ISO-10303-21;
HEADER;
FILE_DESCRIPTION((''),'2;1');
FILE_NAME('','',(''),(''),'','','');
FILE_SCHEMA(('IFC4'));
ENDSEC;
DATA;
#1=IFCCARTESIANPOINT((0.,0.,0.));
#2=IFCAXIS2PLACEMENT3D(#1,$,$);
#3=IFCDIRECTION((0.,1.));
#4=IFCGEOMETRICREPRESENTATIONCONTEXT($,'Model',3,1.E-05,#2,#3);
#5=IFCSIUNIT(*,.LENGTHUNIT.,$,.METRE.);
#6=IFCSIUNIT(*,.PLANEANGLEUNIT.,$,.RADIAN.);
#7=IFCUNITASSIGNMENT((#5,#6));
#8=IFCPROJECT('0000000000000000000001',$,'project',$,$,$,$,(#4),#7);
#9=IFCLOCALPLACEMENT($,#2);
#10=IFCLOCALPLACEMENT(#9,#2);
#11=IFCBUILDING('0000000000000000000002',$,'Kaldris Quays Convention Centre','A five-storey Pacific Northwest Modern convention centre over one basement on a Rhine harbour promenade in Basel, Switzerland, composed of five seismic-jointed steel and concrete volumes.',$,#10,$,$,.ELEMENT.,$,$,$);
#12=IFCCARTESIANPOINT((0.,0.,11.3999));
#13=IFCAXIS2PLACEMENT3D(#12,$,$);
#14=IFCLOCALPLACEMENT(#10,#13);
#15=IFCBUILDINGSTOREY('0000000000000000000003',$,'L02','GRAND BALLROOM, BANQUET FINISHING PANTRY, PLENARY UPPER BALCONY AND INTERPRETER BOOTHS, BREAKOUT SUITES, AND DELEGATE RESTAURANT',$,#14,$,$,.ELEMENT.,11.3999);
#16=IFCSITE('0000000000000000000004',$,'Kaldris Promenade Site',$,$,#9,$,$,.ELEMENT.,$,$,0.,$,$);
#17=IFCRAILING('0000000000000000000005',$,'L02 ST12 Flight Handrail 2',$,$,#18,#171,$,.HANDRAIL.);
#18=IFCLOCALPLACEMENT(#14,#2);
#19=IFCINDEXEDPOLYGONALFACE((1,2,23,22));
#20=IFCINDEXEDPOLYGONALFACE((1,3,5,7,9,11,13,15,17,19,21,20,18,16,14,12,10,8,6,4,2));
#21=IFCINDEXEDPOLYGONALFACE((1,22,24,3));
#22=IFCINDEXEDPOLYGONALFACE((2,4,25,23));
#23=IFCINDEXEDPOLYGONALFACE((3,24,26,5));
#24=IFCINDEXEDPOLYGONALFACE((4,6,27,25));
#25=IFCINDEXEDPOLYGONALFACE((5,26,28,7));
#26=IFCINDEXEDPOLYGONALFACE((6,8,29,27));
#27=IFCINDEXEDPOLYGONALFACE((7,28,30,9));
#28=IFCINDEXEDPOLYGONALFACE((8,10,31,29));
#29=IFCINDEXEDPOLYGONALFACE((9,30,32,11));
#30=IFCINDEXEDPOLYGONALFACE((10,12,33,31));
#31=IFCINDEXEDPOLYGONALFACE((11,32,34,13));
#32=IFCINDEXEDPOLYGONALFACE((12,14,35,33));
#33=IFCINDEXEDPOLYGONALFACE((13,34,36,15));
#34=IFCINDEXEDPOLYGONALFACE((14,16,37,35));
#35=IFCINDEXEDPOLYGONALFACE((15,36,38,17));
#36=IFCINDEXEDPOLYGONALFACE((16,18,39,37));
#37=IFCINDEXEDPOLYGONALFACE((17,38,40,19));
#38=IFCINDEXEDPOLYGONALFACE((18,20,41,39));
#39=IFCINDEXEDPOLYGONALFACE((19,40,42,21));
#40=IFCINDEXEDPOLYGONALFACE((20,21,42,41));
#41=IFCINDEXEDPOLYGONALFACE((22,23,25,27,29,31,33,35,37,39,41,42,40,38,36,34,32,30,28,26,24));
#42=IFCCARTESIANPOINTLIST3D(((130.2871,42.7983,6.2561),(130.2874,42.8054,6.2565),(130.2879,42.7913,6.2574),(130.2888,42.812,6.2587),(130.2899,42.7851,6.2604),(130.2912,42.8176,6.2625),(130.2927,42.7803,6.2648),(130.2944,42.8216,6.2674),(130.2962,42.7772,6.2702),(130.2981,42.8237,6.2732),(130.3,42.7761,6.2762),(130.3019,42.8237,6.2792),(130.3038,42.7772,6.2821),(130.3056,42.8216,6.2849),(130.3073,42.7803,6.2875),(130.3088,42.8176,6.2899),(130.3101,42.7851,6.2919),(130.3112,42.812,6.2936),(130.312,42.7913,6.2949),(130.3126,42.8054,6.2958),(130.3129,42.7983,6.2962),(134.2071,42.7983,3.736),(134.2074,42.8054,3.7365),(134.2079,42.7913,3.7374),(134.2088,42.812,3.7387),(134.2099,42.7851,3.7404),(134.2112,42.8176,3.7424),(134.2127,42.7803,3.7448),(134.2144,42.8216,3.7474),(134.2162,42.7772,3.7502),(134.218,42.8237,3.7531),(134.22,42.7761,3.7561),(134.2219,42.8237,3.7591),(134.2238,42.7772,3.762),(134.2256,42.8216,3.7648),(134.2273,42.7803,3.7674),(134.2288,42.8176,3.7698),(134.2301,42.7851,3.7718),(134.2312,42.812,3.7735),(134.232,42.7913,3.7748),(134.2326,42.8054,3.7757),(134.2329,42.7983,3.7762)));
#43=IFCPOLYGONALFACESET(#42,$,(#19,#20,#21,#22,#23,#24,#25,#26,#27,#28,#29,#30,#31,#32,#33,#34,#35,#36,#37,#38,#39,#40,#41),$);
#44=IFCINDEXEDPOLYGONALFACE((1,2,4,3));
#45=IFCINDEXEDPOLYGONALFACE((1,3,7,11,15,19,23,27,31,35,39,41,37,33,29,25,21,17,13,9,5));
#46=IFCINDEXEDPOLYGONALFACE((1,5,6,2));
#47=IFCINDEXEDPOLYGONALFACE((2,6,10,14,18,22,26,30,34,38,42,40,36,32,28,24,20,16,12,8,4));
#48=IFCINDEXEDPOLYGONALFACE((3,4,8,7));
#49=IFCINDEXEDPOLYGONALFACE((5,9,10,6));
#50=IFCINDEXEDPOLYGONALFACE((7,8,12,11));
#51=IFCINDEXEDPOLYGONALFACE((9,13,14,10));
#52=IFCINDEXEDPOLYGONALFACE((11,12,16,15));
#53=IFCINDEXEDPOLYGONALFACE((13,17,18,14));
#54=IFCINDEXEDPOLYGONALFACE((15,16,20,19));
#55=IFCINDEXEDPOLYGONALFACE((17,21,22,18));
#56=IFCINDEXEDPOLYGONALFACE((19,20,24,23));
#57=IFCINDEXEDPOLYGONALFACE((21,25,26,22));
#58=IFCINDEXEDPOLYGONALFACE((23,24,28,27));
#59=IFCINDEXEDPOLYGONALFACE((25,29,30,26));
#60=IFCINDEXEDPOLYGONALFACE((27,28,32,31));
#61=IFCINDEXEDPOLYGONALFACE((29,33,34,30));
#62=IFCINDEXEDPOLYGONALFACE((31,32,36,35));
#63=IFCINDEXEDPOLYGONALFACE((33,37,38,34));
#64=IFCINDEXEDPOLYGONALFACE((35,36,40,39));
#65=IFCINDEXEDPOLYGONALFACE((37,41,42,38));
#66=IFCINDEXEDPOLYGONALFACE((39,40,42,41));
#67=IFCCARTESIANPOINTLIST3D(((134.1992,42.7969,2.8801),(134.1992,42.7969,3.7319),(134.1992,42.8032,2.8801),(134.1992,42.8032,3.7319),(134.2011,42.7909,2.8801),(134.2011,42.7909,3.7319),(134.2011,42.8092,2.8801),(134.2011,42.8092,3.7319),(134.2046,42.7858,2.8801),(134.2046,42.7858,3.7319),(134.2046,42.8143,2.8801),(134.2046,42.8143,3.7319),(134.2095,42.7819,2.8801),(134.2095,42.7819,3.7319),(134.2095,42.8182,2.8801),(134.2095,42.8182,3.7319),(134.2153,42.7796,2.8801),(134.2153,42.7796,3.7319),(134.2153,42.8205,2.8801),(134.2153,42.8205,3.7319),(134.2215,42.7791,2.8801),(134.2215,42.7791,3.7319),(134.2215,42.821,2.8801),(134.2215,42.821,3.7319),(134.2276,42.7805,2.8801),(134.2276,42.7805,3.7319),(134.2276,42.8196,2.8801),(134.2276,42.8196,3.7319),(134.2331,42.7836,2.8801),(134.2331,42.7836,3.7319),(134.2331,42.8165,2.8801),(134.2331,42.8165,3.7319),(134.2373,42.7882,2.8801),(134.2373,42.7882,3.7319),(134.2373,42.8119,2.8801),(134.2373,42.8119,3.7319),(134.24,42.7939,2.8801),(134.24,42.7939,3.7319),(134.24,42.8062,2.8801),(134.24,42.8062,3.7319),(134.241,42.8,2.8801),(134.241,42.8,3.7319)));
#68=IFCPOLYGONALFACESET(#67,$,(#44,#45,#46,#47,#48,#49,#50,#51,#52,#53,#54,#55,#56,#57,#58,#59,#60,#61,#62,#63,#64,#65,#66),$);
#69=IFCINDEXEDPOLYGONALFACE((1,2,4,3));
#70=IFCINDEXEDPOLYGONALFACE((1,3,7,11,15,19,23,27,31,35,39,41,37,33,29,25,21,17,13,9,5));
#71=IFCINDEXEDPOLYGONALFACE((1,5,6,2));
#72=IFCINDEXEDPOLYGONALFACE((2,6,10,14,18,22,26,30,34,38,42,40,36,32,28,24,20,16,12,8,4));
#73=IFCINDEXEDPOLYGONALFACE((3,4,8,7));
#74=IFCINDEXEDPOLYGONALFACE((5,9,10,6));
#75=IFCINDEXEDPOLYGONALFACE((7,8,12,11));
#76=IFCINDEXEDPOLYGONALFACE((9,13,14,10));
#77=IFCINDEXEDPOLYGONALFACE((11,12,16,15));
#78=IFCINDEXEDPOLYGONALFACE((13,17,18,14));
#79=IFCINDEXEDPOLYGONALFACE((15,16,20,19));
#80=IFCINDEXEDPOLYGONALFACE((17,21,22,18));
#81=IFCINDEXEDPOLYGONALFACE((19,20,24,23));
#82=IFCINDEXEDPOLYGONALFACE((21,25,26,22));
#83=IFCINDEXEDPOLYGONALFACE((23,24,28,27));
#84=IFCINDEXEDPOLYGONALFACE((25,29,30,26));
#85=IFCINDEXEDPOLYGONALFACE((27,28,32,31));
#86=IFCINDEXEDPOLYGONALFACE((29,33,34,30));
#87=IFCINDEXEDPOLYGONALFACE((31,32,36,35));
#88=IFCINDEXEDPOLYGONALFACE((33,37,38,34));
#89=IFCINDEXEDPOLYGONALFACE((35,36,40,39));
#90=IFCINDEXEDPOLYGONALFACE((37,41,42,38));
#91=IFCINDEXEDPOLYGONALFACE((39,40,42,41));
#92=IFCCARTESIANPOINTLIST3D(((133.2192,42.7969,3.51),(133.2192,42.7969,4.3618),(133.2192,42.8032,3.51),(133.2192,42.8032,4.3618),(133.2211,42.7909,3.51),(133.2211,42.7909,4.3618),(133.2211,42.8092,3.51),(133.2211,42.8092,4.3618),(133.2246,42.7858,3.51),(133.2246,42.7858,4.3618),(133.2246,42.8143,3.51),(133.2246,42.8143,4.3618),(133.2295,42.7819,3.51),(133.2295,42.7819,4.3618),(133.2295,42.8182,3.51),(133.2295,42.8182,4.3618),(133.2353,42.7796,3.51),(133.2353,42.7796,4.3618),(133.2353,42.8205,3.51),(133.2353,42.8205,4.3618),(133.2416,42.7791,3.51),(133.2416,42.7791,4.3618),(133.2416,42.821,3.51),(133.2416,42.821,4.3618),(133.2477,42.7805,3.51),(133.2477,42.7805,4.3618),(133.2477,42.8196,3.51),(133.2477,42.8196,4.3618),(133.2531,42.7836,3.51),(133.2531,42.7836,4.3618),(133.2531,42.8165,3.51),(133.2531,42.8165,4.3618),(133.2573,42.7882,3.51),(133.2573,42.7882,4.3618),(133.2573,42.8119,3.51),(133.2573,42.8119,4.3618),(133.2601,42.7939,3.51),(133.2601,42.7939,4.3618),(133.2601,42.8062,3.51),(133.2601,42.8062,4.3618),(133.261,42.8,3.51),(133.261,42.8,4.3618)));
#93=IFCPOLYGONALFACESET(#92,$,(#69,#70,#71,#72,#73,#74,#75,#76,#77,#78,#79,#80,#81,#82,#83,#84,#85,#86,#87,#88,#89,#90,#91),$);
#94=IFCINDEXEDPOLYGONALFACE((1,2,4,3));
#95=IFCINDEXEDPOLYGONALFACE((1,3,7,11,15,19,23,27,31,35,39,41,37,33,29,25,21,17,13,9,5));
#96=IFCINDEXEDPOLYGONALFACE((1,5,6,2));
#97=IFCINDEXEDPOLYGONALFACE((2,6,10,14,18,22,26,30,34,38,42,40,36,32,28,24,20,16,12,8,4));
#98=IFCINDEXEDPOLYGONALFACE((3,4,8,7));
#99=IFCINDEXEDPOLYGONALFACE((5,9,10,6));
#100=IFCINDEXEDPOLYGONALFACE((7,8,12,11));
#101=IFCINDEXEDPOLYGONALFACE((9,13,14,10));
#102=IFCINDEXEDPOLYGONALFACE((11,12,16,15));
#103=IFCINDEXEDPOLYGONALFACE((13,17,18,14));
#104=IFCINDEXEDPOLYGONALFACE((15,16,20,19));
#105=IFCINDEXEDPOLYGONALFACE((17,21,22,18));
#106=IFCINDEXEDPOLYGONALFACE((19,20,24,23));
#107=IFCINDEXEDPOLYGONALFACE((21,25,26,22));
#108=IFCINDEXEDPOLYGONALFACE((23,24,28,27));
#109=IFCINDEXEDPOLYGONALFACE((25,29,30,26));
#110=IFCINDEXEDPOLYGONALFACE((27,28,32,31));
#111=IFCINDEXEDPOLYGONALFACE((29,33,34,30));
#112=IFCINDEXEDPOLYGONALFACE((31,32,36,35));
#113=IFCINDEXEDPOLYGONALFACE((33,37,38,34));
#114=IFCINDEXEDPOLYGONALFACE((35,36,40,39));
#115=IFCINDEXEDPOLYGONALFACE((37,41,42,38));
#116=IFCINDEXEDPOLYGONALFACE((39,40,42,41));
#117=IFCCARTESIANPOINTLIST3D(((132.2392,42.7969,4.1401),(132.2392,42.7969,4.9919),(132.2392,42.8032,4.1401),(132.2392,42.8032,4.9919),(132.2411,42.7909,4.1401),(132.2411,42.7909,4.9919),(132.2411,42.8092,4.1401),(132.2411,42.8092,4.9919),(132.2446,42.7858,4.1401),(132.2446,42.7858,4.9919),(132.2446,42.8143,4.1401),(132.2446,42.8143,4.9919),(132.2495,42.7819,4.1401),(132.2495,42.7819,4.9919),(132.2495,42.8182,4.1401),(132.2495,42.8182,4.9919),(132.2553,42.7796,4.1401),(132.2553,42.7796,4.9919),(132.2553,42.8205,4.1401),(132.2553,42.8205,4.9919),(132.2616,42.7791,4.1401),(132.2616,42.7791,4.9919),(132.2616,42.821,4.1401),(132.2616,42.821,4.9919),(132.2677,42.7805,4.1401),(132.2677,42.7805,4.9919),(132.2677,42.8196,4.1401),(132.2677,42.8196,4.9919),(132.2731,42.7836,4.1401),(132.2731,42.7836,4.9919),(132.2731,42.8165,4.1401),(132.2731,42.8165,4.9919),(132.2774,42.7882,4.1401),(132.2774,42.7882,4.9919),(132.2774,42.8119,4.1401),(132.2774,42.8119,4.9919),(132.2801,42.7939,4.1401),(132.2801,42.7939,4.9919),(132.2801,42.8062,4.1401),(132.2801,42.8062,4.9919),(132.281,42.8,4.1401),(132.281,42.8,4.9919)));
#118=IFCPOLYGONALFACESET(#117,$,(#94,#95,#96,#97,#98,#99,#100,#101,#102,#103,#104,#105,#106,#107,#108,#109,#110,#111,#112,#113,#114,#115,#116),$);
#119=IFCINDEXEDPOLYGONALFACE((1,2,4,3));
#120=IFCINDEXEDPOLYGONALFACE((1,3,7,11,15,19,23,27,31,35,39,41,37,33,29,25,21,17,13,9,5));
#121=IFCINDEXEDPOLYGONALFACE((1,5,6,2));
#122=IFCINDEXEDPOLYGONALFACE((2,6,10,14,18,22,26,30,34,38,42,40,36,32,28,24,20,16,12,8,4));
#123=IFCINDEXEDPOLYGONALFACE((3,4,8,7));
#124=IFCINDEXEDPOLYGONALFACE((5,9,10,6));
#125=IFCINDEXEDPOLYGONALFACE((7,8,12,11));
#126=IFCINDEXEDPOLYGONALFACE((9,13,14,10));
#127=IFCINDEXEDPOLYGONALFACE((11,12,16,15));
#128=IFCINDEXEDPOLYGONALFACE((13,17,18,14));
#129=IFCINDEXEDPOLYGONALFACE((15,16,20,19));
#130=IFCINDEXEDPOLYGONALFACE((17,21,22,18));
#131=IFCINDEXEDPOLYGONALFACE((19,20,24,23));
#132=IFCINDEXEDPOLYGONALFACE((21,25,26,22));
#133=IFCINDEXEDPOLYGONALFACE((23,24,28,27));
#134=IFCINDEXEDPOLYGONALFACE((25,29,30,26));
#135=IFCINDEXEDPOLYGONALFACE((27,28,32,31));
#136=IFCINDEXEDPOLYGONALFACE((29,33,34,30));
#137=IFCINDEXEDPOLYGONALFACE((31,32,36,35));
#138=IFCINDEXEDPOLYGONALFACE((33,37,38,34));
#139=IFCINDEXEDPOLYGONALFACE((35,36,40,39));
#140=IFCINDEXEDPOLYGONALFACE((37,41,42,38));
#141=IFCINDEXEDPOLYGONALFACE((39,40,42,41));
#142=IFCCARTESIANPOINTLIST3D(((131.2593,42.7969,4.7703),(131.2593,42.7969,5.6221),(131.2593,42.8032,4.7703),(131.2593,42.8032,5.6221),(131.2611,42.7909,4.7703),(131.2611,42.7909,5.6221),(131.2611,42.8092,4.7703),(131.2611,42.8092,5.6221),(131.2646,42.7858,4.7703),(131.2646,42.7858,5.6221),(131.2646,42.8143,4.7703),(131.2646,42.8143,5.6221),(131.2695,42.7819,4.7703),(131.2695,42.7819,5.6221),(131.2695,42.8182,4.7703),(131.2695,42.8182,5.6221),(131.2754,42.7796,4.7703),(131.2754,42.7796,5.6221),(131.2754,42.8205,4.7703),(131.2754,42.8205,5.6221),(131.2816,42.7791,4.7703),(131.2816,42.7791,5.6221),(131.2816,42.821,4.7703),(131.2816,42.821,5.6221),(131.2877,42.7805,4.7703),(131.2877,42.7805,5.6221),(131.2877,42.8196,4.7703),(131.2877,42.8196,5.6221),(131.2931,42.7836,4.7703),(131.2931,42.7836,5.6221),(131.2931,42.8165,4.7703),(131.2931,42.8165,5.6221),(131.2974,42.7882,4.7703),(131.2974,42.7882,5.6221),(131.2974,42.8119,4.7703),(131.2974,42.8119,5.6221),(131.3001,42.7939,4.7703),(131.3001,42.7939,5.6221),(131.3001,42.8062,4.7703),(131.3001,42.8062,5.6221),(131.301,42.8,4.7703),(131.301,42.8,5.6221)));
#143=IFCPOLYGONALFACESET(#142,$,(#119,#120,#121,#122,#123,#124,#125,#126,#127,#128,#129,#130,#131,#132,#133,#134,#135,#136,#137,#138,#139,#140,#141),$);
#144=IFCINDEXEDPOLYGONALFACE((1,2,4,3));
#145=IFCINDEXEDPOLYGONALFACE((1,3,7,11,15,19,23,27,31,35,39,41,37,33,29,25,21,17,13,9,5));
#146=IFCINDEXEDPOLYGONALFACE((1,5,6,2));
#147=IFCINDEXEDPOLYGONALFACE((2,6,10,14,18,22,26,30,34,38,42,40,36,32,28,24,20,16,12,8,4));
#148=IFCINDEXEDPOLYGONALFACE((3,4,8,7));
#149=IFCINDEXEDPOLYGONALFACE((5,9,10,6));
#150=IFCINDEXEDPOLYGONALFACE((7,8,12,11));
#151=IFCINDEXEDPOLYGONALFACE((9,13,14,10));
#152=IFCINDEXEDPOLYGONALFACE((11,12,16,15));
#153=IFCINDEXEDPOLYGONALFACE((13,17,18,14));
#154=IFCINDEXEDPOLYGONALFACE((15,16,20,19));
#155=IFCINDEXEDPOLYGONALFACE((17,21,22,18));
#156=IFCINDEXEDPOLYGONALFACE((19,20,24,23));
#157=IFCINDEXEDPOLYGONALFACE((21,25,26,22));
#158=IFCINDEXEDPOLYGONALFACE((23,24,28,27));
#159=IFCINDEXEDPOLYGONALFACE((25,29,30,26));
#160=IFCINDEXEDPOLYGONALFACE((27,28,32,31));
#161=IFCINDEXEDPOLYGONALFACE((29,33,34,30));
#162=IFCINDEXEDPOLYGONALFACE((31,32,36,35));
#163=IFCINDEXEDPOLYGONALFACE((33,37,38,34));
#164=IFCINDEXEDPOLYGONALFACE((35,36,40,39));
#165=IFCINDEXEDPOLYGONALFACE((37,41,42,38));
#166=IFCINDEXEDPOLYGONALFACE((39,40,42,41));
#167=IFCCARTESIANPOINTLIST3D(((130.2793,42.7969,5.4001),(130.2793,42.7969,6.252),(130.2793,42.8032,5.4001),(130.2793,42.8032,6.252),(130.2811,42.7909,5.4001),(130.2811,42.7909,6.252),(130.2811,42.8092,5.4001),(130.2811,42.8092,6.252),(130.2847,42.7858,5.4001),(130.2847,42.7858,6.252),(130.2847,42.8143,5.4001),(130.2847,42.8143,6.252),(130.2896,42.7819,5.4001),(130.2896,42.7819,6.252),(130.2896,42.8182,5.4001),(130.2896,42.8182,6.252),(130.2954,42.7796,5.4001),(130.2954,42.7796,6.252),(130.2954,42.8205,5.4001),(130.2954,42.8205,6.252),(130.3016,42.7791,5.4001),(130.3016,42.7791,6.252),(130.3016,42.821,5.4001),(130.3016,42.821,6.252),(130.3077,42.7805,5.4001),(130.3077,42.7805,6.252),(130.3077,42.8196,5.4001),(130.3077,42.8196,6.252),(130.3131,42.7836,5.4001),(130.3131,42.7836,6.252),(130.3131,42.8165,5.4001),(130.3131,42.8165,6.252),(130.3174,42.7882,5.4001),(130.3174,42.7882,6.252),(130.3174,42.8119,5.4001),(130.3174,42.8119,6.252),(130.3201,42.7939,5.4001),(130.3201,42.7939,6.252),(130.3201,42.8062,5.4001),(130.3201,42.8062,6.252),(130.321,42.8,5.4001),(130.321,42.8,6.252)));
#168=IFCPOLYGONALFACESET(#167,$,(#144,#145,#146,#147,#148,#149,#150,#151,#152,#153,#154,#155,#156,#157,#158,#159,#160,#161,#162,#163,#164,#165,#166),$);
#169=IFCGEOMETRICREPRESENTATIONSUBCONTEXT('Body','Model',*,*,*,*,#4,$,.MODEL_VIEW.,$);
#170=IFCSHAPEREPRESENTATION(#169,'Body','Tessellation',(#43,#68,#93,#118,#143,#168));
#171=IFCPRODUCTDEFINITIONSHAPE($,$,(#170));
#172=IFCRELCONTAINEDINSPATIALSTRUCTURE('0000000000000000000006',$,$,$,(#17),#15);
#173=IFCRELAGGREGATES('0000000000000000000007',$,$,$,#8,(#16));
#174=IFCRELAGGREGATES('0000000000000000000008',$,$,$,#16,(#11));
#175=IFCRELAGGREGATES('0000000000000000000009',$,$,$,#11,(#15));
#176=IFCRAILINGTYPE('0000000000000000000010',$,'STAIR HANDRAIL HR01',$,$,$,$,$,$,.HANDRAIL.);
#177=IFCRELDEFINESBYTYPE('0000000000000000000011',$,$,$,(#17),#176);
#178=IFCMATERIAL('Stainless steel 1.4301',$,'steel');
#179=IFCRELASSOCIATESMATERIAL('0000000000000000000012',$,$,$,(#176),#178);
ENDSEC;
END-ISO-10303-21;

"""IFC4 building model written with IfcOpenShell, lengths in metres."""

from ifc_helpers import new_model, si_unit, direction, frame, origin, origin_2d, place, context, subcontext, project, spatial, circle, extrude, material, type_object, element, save


model = new_model("IFC4")

# Units and contexts
model_context = context("Model", 3, precision=1e-05, world=origin(), true_north=direction((0.0, 1.0)))
body_context = subcontext(model_context, "Body", "Model", "MODEL_VIEW")
ifc_project = project(units=[si_unit("LENGTHUNIT", "METRE"), si_unit("PLANEANGLEUNIT", "RADIAN")], contexts=[model_context])

# Site, building, storey
site_placement = place(None, origin())
site = spatial("IfcSite", under=ifc_project, at=site_placement, Name="Kaldris Promenade Site", CompositionType="ELEMENT", RefElevation=0.0)
building_placement = place(site_placement, origin())
building = spatial("IfcBuilding", under=site, at=building_placement, Name="Kaldris Quays Convention Centre", Description="A five-storey Pacific Northwest Modern convention centre over one basement on a Rhine harbour promenade in Basel, Switzerland, composed of five seismic-jointed steel and concrete volumes.", CompositionType="ELEMENT")
storey_placement = place(building_placement, frame((0.0, 0.0, 11.3999)))
storey = spatial("IfcBuildingStorey", under=building, at=storey_placement, Name="L02", Description="GRAND BALLROOM, BANQUET FINISHING PANTRY, PLENARY UPPER BALCONY AND INTERPRETER BOOTHS, BREAKOUT SUITES, AND DELEGATE RESTAURANT", CompositionType="ELEMENT", Elevation=11.3999)

# Railing
ifc_material_1 = material(Name="Stainless steel 1.4301", Category="steel")
railing_type = type_object("IfcRailingType", Name="STAIR HANDRAIL HR01", PredefinedType="HANDRAIL", material=ifc_material_1)
railing_placement = place(storey_placement, frame((134.22, 42.8, 2.8801)))
element("IfcRailing", 1, at=railing_placement, inside=storey, type_object=railing_type, Name="L02 ST12 Flight Handrail 2", PredefinedType="HANDRAIL", context=body_context, shape_type="SweptSolid", body=[
    extrude(circle(Radius=0.0239, at=origin_2d()), frame((0.0, 0.0, 0.876), z_axis=(-0.841172, 0.0, 0.540768), x_axis=(0.0, -1.0, 0.0)), (0.0, 0.0, 1.0), 4.6602),
    extrude(circle(Radius=0.021, at=origin_2d()), origin(), (0.0, 0.0, 1.0), 0.8518),
    extrude(circle(Radius=0.021, at=origin_2d()), frame((-0.98, 0.0, 0.6299)), (0.0, 0.0, 1.0), 0.8518),
    extrude(circle(Radius=0.021, at=origin_2d()), frame((-1.96, 0.0, 1.26)), (0.0, 0.0, 1.0), 0.8518),
    extrude(circle(Radius=0.021, at=origin_2d()), frame((-2.9399, 0.0, 1.8901)), (0.0, 0.0, 1.0), 0.8518),
    extrude(circle(Radius=0.021, at=origin_2d()), frame((-3.9199, 0.0, 2.52)), (0.0, 0.0, 1.0), 0.8518),
])

save(model, "model.ifc")
